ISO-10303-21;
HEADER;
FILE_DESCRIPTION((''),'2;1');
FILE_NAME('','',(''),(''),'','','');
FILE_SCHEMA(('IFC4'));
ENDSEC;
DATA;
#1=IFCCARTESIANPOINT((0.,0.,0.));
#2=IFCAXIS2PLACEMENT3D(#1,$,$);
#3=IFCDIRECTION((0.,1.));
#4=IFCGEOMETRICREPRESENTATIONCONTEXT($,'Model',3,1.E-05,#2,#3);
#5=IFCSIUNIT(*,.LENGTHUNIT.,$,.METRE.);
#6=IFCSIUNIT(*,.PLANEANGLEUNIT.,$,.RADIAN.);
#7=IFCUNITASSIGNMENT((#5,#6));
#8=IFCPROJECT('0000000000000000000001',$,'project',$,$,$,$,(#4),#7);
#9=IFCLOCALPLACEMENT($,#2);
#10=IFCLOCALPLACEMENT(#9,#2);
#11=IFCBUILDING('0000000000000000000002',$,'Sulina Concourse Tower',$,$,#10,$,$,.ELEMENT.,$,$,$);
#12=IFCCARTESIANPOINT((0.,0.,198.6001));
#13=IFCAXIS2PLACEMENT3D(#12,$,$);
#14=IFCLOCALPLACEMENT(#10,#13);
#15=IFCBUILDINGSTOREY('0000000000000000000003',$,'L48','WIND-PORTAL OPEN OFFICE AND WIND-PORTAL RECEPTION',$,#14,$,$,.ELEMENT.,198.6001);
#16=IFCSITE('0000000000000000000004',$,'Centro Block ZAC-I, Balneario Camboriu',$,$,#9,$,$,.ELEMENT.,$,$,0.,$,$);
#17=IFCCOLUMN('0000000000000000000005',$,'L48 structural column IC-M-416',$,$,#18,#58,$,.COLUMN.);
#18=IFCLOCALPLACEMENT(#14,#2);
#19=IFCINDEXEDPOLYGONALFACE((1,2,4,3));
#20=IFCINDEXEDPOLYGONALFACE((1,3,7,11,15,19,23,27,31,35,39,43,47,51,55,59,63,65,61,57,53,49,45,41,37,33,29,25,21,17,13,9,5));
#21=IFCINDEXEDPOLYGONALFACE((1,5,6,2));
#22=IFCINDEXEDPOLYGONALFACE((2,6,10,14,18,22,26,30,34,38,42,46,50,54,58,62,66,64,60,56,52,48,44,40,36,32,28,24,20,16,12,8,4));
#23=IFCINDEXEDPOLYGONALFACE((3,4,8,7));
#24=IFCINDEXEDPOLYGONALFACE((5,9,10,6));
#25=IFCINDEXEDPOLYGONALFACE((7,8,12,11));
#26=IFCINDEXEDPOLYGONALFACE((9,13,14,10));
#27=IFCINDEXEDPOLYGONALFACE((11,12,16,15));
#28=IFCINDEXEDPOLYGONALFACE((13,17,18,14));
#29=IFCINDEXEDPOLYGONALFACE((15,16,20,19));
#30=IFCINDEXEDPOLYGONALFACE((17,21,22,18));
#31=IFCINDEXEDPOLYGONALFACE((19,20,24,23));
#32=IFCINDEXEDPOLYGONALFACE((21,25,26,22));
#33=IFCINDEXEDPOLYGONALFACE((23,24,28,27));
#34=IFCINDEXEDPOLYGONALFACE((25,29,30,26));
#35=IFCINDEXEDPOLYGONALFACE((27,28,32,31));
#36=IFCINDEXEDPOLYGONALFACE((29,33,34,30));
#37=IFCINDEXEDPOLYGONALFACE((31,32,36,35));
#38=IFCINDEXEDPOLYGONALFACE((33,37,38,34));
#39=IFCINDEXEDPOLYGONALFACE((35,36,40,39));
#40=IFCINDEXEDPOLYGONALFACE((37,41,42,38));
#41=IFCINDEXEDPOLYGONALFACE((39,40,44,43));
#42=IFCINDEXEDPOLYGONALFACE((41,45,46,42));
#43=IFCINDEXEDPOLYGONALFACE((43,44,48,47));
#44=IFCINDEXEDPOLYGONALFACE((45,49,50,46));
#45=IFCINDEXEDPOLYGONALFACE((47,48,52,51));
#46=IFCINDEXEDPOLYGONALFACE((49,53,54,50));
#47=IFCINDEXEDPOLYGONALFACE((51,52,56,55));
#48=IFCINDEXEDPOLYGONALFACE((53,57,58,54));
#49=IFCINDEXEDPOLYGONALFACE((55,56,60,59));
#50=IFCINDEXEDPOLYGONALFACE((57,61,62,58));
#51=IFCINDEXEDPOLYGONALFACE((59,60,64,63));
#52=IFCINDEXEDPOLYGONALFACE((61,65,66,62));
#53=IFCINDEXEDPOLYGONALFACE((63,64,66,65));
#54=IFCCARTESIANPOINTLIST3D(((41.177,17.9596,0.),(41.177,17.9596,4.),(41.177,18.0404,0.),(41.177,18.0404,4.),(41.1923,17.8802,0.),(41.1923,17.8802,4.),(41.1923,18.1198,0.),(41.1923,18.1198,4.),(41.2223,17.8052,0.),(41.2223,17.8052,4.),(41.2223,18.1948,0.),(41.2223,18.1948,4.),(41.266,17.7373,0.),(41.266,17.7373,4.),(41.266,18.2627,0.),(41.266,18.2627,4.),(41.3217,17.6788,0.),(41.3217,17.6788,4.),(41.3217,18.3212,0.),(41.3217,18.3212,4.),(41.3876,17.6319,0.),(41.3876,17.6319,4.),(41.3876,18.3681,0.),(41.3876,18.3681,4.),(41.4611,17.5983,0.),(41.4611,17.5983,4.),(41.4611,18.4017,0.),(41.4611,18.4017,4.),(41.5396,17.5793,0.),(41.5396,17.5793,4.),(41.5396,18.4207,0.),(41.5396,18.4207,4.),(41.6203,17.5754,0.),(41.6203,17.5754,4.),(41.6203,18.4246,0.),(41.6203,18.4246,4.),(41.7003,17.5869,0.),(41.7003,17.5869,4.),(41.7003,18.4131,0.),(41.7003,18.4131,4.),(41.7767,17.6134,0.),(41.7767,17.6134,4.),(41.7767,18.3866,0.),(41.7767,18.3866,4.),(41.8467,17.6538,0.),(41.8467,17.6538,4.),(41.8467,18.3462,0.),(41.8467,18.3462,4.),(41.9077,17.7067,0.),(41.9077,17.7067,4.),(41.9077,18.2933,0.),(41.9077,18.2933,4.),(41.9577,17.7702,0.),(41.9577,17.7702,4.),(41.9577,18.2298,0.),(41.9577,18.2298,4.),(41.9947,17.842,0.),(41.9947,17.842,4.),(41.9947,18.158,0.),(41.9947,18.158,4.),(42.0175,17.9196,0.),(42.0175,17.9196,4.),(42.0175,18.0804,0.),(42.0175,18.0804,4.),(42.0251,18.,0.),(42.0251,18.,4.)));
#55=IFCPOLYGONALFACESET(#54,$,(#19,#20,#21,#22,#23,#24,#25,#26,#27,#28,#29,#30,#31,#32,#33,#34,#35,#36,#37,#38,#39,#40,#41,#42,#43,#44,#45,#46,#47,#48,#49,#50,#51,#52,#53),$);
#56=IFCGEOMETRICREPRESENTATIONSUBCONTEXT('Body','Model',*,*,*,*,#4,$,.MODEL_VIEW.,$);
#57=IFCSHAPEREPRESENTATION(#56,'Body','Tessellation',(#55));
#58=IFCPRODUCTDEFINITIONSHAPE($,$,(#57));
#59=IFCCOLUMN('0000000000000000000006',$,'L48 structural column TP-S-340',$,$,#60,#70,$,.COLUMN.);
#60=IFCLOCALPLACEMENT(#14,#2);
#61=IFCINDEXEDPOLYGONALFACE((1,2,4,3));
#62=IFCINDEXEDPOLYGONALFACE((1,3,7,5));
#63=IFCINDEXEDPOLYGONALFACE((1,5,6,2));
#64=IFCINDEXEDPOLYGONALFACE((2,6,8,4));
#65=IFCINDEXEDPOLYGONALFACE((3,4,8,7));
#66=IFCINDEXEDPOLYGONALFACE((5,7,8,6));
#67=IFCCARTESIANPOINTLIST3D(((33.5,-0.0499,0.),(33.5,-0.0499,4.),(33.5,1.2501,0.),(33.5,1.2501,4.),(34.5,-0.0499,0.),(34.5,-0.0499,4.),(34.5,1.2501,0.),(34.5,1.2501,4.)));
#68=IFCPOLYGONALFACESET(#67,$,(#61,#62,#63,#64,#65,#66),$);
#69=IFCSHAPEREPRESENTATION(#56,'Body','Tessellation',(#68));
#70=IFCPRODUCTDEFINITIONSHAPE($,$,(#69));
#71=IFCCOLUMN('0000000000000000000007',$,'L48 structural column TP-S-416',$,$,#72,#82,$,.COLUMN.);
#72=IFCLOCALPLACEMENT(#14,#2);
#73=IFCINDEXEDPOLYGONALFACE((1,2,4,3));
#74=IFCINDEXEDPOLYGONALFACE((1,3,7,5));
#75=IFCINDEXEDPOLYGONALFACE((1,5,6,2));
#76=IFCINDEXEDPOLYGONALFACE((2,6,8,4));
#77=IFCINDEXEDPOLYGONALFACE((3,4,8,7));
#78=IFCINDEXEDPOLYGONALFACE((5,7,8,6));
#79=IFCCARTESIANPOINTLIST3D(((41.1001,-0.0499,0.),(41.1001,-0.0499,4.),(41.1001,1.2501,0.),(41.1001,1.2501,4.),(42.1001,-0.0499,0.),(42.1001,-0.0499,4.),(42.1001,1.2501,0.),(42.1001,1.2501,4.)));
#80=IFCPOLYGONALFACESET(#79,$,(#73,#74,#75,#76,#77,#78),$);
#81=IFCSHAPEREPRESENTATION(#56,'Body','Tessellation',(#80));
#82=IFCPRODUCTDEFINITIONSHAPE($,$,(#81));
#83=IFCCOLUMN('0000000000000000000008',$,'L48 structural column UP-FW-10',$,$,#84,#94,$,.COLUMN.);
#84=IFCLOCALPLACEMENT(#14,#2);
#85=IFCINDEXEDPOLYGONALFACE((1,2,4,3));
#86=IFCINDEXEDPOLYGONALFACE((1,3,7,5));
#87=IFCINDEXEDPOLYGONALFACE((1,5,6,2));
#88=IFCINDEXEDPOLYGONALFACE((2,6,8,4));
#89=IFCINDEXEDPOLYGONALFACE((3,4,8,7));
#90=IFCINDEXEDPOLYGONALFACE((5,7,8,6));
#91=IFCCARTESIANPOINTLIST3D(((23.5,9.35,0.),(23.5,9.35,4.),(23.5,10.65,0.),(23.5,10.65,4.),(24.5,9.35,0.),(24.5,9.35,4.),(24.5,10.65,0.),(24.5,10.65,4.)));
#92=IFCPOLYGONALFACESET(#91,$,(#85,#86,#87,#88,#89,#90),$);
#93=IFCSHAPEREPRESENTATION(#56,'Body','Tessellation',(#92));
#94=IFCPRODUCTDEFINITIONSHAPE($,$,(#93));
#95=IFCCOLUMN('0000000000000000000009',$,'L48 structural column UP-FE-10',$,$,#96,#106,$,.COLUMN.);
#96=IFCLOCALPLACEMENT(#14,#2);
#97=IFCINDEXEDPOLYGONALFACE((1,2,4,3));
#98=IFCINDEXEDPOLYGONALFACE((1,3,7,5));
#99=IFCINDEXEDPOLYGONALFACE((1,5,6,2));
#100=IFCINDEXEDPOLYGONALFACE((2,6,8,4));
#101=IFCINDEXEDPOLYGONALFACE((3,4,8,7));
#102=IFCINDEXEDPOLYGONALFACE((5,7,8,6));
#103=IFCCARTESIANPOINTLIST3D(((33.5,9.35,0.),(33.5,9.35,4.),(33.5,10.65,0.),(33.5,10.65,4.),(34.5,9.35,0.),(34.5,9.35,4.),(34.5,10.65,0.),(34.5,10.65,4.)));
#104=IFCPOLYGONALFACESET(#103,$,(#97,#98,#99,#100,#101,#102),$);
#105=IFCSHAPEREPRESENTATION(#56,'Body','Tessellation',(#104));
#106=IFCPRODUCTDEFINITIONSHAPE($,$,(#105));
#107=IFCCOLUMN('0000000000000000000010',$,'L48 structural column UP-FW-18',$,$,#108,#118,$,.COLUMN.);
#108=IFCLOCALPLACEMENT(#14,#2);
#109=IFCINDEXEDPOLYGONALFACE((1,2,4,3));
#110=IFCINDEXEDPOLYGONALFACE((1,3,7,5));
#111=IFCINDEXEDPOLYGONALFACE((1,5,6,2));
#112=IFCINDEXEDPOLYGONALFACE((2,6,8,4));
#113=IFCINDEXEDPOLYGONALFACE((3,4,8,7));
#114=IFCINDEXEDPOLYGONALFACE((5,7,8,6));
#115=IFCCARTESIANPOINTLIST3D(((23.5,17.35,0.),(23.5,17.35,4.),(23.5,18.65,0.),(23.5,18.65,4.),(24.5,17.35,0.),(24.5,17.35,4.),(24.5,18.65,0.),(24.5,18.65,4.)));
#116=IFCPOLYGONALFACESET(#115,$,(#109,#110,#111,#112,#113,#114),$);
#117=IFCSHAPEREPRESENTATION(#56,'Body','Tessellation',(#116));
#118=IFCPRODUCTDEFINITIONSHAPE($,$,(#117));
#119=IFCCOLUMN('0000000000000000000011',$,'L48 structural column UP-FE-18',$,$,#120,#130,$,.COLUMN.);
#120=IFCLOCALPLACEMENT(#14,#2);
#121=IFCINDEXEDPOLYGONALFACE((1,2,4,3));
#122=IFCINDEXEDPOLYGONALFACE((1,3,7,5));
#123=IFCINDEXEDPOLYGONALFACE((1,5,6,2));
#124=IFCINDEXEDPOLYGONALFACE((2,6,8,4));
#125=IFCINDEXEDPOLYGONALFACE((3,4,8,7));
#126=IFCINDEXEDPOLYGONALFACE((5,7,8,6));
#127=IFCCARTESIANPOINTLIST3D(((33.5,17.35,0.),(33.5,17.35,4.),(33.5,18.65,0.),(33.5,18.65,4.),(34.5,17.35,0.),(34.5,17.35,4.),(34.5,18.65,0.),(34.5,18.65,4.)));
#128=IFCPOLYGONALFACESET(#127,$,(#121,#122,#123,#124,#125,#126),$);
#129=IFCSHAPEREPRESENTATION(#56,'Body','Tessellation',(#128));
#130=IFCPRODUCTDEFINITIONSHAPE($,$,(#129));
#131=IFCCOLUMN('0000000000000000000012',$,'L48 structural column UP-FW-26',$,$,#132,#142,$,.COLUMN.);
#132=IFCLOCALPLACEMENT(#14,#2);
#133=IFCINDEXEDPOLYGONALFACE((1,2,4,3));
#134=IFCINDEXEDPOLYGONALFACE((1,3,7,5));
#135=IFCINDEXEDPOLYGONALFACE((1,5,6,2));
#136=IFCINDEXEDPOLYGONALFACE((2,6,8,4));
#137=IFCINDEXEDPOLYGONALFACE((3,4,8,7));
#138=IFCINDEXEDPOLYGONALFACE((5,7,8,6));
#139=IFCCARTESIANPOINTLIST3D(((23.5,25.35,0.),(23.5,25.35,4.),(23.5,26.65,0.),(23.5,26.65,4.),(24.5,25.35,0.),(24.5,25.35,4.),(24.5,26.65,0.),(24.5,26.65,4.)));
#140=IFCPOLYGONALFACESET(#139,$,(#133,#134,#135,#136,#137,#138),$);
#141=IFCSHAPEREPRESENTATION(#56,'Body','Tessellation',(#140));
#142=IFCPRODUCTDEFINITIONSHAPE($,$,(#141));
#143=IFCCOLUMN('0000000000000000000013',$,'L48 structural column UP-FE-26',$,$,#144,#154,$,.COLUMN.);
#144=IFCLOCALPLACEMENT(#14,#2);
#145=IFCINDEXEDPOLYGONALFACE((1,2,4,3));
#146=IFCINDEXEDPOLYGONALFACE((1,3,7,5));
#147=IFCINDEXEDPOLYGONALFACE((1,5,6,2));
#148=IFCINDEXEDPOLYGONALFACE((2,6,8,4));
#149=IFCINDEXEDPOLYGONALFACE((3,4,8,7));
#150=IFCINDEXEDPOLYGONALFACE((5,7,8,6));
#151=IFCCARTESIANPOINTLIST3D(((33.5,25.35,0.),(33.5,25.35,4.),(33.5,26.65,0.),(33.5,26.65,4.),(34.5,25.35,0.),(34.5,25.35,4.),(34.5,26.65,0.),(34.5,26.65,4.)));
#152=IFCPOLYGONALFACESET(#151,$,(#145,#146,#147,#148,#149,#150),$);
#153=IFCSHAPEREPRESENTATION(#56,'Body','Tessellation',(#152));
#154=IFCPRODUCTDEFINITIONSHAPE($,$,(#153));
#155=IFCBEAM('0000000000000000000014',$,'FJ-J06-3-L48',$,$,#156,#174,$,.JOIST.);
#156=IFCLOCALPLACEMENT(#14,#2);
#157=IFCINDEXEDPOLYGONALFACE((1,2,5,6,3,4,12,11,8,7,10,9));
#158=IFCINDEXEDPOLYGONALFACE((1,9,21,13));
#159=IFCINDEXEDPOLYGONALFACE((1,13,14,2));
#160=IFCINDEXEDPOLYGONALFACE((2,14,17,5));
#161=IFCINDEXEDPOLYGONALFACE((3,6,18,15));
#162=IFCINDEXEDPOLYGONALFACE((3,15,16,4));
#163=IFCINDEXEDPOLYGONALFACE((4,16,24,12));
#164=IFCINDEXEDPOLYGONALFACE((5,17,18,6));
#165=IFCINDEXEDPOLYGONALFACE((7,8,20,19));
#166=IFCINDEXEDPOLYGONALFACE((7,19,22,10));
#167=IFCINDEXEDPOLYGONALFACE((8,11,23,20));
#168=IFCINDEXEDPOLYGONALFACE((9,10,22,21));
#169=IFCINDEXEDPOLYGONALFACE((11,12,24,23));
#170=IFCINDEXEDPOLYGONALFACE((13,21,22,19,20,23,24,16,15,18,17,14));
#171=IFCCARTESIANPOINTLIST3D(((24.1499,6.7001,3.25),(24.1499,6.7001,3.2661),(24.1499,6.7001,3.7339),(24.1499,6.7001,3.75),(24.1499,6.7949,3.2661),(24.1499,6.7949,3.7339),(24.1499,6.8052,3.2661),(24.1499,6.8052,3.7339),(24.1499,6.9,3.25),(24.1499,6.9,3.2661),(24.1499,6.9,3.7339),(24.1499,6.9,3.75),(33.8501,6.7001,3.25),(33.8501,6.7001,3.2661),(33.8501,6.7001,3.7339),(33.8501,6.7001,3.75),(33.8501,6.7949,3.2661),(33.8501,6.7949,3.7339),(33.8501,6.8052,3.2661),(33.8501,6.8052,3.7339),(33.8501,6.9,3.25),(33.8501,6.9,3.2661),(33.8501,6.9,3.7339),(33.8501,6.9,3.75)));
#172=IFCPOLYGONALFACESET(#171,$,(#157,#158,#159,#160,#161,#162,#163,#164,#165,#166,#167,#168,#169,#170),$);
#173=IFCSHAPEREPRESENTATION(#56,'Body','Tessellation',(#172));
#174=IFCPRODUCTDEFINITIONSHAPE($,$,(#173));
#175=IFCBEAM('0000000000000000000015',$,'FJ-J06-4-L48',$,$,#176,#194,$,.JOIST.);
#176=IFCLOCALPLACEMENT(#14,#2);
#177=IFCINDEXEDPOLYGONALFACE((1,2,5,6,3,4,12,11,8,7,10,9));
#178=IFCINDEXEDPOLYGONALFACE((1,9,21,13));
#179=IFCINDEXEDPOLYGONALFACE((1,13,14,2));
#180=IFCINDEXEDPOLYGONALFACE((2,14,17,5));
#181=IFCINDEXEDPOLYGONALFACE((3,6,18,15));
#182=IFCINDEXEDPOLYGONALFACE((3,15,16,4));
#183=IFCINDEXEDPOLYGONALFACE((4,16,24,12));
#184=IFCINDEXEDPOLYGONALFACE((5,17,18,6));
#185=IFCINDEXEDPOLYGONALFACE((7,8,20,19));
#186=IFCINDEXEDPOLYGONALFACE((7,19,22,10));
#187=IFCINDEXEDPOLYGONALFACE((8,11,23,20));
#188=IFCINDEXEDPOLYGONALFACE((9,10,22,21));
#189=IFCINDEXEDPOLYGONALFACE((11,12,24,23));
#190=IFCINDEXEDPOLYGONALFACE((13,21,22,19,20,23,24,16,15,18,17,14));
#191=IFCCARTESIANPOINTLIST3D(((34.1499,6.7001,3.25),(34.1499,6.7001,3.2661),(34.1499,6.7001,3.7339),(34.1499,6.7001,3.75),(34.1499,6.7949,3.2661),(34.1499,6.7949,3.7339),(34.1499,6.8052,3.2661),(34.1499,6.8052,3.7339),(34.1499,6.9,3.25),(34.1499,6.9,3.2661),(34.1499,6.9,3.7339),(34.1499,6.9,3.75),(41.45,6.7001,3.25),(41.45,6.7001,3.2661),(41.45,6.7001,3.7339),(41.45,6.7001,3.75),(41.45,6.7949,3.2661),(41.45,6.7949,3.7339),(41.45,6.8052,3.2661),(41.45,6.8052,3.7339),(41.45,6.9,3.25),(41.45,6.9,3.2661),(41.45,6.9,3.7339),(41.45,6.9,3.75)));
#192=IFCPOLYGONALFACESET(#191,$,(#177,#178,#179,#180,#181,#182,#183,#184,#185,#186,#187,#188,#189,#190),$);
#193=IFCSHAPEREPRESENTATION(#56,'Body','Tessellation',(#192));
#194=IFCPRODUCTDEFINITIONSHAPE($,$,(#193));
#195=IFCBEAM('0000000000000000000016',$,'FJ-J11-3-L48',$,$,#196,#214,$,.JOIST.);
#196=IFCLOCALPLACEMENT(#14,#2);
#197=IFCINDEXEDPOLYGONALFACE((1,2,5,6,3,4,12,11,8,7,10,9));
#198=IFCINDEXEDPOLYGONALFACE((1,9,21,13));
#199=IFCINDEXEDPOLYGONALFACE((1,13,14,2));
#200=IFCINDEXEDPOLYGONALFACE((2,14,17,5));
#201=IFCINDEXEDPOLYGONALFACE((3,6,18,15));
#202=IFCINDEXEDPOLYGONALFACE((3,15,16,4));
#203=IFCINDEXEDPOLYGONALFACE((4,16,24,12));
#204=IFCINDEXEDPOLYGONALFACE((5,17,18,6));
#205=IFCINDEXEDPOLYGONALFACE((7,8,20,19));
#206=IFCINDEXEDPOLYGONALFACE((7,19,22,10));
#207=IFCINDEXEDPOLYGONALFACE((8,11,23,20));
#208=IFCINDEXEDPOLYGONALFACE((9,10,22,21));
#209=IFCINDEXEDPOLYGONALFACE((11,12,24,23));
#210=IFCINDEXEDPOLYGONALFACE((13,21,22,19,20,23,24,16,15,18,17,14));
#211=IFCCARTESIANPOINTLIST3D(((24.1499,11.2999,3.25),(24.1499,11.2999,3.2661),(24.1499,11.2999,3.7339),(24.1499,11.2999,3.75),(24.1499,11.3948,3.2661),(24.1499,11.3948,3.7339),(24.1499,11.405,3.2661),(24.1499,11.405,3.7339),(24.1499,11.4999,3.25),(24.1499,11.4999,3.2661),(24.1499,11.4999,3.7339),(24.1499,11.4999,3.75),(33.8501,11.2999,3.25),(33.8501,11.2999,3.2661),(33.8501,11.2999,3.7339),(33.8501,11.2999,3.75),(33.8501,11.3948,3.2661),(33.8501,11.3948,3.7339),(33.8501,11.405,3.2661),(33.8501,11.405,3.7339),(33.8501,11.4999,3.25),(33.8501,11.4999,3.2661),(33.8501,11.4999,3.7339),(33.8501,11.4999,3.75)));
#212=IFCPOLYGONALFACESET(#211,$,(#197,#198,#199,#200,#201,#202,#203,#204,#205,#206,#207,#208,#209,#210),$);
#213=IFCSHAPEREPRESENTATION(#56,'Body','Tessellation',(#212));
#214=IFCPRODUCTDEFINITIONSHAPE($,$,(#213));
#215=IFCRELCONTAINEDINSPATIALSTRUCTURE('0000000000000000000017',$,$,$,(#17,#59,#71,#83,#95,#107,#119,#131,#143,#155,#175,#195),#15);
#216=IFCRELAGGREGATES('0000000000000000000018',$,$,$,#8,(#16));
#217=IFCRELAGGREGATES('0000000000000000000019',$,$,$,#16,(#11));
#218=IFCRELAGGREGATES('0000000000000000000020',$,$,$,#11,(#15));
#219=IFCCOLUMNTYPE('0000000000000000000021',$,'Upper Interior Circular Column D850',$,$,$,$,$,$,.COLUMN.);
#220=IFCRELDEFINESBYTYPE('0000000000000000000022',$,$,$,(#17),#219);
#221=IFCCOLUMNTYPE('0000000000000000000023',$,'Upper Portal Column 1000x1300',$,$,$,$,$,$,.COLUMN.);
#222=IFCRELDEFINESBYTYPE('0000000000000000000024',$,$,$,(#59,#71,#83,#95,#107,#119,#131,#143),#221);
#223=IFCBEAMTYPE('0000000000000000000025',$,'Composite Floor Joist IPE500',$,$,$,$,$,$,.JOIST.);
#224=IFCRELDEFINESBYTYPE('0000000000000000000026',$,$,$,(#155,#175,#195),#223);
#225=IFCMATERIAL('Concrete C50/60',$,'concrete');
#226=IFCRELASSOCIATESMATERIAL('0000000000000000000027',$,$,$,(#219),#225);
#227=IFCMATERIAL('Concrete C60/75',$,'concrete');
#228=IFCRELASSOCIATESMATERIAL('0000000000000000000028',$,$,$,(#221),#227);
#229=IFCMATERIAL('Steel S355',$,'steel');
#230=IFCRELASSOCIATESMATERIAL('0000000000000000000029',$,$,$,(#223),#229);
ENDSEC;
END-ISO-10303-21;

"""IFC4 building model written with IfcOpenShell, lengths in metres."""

from ifc_helpers import new_model, si_unit, direction, frame, origin, origin_2d, place, context, subcontext, project, spatial, rectangle, circle, i_section, extrude, material, material_profile, profile_set, type_object, element, save


model = new_model("IFC4")

# Units and contexts
model_context = context("Model", 3, precision=1e-05, world=origin(), true_north=direction((0.0, 1.0)))
body_context = subcontext(model_context, "Body", "Model", "MODEL_VIEW")
ifc_project = project(units=[si_unit("LENGTHUNIT", "METRE"), si_unit("PLANEANGLEUNIT", "RADIAN")], contexts=[model_context])

# Site, building, storey
site_placement = place(None, origin())
site = spatial("IfcSite", under=ifc_project, at=site_placement, Name="Centro Block ZAC-I, Balneario Camboriu", CompositionType="ELEMENT", RefElevation=0.0)
building_placement = place(site_placement, origin())
building = spatial("IfcBuilding", under=site, at=building_placement, Name="Sulina Concourse Tower", CompositionType="ELEMENT")
storey_placement = place(building_placement, frame((0.0, 0.0, 198.6001)))
storey = spatial("IfcBuildingStorey", under=building, at=storey_placement, Name="L48", Description="WIND-PORTAL OPEN OFFICE AND WIND-PORTAL RECEPTION", CompositionType="ELEMENT", Elevation=198.6001)

# Columns
ifc_material_1 = material(Name="Concrete C50/60", Category="concrete")
ifc_material_profile_1 = material_profile(ifc_material_1, circle(Radius=0.425, at=origin_2d()), Name="RC D850")
ifc_profile_set_1 = profile_set([ifc_material_profile_1], Name="Concrete C50/60")
column_type_1 = type_object("IfcColumnType", Name="Upper Interior Circular Column D850", PredefinedType="COLUMN", material=ifc_profile_set_1)
column_placement = place(storey_placement, frame((41.6001, 18.0, 0.0), z_axis=(0.0, 0.0, 1.0), x_axis=(1.0, 0.0, 0.0)))
element("IfcColumn", 1, at=column_placement, inside=storey, type_object=column_type_1, Name="L48 structural column IC-M-416", PredefinedType="COLUMN", context=body_context, shape_type="SweptSolid", body=[
    extrude(circle(Radius=0.425, at=origin_2d()), origin(), (0.0, 0.0, 1.0), 4.0),
])
ifc_material_2 = material(Name="Concrete C60/75", Category="concrete")
ifc_material_profile_2 = material_profile(ifc_material_2, rectangle(XDim=1.0, YDim=1.3, at=origin_2d()), Name="RC 1000x1300")
ifc_profile_set_2 = profile_set([ifc_material_profile_2], Name="Concrete C60/75")
column_type_2 = type_object("IfcColumnType", Name="Upper Portal Column 1000x1300", PredefinedType="COLUMN", material=ifc_profile_set_2)
for number, where, z_axis, x_axis, name in (
    (2, (34.0, 0.6001, 0.0), (0.0, 0.0, 1.0), (1.0, 0.0, 0.0), "L48 structural column TP-S-340"),
    (3, (41.6001, 0.6001, 0.0), (0.0, 0.0, 1.0), (1.0, 0.0, 0.0), "L48 structural column TP-S-416"),
    (4, (24.0, 10.0, 0.0), (0.0, 0.0, 1.0), (1.0, 0.0, 0.0), "L48 structural column UP-FW-10"),
    (5, (34.0, 10.0, 0.0), (0.0, 0.0, 1.0), (1.0, 0.0, 0.0), "L48 structural column UP-FE-10"),
    (6, (24.0, 18.0, 0.0), (0.0, 0.0, 1.0), (1.0, 0.0, 0.0), "L48 structural column UP-FW-18"),
    (7, (34.0, 18.0, 0.0), (0.0, 0.0, 1.0), (1.0, 0.0, 0.0), "L48 structural column UP-FE-18"),
    (8, (24.0, 26.0, 0.0), (0.0, 0.0, 1.0), (1.0, 0.0, 0.0), "L48 structural column UP-FW-26"),
    (9, (34.0, 26.0, 0.0), (0.0, 0.0, 1.0), (1.0, 0.0, 0.0), "L48 structural column UP-FE-26"),
):
    element("IfcColumn", number, at=place(storey_placement, frame(where, z_axis=z_axis, x_axis=x_axis)), inside=storey, type_object=column_type_2, Name=name, PredefinedType="COLUMN", context=body_context, shape_type="SweptSolid", body=[
        extrude(rectangle(XDim=1.0, YDim=1.3, at=origin_2d()), origin(), (0.0, 0.0, 1.0), 4.0),
    ])

# Beams
ifc_material_3 = material(Name="Steel S355", Category="steel")
ifc_material_profile_3 = material_profile(ifc_material_3, i_section(OverallWidth=0.2, OverallDepth=0.5, WebThickness=0.0103, FlangeThickness=0.0161, at=origin_2d()), Name="IPE 500")
ifc_profile_set_3 = profile_set([ifc_material_profile_3], Name="Steel S355")
beam_type_1 = type_object("IfcBeamType", Name="Composite Floor Joist IPE500", PredefinedType="JOIST", material=ifc_profile_set_3)
beam_1_placement = place(storey_placement, frame((24.1499, 6.8, 3.5), z_axis=(1.0, 0.0, 0.0), x_axis=(0.0, 1.0, 0.0)))
element("IfcBeam", 10, at=beam_1_placement, inside=storey, type_object=beam_type_1, Name="FJ-J06-3-L48", PredefinedType="JOIST", context=body_context, shape_type="SweptSolid", body=[
    extrude(i_section(OverallWidth=0.2, OverallDepth=0.5, WebThickness=0.0103, FlangeThickness=0.0161, at=origin_2d()), origin(), (0.0, 0.0, 1.0), 9.7002),
])
beam_2_placement = place(storey_placement, frame((34.1499, 6.8, 3.5), z_axis=(1.0, 0.0, 0.0), x_axis=(0.0, 1.0, 0.0)))
element("IfcBeam", 11, at=beam_2_placement, inside=storey, type_object=beam_type_1, Name="FJ-J06-4-L48", PredefinedType="JOIST", context=body_context, shape_type="SweptSolid", body=[
    extrude(i_section(OverallWidth=0.2, OverallDepth=0.5, WebThickness=0.0103, FlangeThickness=0.0161, at=origin_2d()), origin(), (0.0, 0.0, 1.0), 7.3),
])
beam_3_placement = place(storey_placement, frame((24.1499, 11.3999, 3.5), z_axis=(1.0, 0.0, 0.0), x_axis=(0.0, 1.0, 0.0)))
element("IfcBeam", 12, at=beam_3_placement, inside=storey, type_object=beam_type_1, Name="FJ-J11-3-L48", PredefinedType="JOIST", context=body_context, shape_type="SweptSolid", body=[
    extrude(i_section(OverallWidth=0.2, OverallDepth=0.5, WebThickness=0.0103, FlangeThickness=0.0161, at=origin_2d()), origin(), (0.0, 0.0, 1.0), 9.7002),
])

save(model, "model.ifc")
